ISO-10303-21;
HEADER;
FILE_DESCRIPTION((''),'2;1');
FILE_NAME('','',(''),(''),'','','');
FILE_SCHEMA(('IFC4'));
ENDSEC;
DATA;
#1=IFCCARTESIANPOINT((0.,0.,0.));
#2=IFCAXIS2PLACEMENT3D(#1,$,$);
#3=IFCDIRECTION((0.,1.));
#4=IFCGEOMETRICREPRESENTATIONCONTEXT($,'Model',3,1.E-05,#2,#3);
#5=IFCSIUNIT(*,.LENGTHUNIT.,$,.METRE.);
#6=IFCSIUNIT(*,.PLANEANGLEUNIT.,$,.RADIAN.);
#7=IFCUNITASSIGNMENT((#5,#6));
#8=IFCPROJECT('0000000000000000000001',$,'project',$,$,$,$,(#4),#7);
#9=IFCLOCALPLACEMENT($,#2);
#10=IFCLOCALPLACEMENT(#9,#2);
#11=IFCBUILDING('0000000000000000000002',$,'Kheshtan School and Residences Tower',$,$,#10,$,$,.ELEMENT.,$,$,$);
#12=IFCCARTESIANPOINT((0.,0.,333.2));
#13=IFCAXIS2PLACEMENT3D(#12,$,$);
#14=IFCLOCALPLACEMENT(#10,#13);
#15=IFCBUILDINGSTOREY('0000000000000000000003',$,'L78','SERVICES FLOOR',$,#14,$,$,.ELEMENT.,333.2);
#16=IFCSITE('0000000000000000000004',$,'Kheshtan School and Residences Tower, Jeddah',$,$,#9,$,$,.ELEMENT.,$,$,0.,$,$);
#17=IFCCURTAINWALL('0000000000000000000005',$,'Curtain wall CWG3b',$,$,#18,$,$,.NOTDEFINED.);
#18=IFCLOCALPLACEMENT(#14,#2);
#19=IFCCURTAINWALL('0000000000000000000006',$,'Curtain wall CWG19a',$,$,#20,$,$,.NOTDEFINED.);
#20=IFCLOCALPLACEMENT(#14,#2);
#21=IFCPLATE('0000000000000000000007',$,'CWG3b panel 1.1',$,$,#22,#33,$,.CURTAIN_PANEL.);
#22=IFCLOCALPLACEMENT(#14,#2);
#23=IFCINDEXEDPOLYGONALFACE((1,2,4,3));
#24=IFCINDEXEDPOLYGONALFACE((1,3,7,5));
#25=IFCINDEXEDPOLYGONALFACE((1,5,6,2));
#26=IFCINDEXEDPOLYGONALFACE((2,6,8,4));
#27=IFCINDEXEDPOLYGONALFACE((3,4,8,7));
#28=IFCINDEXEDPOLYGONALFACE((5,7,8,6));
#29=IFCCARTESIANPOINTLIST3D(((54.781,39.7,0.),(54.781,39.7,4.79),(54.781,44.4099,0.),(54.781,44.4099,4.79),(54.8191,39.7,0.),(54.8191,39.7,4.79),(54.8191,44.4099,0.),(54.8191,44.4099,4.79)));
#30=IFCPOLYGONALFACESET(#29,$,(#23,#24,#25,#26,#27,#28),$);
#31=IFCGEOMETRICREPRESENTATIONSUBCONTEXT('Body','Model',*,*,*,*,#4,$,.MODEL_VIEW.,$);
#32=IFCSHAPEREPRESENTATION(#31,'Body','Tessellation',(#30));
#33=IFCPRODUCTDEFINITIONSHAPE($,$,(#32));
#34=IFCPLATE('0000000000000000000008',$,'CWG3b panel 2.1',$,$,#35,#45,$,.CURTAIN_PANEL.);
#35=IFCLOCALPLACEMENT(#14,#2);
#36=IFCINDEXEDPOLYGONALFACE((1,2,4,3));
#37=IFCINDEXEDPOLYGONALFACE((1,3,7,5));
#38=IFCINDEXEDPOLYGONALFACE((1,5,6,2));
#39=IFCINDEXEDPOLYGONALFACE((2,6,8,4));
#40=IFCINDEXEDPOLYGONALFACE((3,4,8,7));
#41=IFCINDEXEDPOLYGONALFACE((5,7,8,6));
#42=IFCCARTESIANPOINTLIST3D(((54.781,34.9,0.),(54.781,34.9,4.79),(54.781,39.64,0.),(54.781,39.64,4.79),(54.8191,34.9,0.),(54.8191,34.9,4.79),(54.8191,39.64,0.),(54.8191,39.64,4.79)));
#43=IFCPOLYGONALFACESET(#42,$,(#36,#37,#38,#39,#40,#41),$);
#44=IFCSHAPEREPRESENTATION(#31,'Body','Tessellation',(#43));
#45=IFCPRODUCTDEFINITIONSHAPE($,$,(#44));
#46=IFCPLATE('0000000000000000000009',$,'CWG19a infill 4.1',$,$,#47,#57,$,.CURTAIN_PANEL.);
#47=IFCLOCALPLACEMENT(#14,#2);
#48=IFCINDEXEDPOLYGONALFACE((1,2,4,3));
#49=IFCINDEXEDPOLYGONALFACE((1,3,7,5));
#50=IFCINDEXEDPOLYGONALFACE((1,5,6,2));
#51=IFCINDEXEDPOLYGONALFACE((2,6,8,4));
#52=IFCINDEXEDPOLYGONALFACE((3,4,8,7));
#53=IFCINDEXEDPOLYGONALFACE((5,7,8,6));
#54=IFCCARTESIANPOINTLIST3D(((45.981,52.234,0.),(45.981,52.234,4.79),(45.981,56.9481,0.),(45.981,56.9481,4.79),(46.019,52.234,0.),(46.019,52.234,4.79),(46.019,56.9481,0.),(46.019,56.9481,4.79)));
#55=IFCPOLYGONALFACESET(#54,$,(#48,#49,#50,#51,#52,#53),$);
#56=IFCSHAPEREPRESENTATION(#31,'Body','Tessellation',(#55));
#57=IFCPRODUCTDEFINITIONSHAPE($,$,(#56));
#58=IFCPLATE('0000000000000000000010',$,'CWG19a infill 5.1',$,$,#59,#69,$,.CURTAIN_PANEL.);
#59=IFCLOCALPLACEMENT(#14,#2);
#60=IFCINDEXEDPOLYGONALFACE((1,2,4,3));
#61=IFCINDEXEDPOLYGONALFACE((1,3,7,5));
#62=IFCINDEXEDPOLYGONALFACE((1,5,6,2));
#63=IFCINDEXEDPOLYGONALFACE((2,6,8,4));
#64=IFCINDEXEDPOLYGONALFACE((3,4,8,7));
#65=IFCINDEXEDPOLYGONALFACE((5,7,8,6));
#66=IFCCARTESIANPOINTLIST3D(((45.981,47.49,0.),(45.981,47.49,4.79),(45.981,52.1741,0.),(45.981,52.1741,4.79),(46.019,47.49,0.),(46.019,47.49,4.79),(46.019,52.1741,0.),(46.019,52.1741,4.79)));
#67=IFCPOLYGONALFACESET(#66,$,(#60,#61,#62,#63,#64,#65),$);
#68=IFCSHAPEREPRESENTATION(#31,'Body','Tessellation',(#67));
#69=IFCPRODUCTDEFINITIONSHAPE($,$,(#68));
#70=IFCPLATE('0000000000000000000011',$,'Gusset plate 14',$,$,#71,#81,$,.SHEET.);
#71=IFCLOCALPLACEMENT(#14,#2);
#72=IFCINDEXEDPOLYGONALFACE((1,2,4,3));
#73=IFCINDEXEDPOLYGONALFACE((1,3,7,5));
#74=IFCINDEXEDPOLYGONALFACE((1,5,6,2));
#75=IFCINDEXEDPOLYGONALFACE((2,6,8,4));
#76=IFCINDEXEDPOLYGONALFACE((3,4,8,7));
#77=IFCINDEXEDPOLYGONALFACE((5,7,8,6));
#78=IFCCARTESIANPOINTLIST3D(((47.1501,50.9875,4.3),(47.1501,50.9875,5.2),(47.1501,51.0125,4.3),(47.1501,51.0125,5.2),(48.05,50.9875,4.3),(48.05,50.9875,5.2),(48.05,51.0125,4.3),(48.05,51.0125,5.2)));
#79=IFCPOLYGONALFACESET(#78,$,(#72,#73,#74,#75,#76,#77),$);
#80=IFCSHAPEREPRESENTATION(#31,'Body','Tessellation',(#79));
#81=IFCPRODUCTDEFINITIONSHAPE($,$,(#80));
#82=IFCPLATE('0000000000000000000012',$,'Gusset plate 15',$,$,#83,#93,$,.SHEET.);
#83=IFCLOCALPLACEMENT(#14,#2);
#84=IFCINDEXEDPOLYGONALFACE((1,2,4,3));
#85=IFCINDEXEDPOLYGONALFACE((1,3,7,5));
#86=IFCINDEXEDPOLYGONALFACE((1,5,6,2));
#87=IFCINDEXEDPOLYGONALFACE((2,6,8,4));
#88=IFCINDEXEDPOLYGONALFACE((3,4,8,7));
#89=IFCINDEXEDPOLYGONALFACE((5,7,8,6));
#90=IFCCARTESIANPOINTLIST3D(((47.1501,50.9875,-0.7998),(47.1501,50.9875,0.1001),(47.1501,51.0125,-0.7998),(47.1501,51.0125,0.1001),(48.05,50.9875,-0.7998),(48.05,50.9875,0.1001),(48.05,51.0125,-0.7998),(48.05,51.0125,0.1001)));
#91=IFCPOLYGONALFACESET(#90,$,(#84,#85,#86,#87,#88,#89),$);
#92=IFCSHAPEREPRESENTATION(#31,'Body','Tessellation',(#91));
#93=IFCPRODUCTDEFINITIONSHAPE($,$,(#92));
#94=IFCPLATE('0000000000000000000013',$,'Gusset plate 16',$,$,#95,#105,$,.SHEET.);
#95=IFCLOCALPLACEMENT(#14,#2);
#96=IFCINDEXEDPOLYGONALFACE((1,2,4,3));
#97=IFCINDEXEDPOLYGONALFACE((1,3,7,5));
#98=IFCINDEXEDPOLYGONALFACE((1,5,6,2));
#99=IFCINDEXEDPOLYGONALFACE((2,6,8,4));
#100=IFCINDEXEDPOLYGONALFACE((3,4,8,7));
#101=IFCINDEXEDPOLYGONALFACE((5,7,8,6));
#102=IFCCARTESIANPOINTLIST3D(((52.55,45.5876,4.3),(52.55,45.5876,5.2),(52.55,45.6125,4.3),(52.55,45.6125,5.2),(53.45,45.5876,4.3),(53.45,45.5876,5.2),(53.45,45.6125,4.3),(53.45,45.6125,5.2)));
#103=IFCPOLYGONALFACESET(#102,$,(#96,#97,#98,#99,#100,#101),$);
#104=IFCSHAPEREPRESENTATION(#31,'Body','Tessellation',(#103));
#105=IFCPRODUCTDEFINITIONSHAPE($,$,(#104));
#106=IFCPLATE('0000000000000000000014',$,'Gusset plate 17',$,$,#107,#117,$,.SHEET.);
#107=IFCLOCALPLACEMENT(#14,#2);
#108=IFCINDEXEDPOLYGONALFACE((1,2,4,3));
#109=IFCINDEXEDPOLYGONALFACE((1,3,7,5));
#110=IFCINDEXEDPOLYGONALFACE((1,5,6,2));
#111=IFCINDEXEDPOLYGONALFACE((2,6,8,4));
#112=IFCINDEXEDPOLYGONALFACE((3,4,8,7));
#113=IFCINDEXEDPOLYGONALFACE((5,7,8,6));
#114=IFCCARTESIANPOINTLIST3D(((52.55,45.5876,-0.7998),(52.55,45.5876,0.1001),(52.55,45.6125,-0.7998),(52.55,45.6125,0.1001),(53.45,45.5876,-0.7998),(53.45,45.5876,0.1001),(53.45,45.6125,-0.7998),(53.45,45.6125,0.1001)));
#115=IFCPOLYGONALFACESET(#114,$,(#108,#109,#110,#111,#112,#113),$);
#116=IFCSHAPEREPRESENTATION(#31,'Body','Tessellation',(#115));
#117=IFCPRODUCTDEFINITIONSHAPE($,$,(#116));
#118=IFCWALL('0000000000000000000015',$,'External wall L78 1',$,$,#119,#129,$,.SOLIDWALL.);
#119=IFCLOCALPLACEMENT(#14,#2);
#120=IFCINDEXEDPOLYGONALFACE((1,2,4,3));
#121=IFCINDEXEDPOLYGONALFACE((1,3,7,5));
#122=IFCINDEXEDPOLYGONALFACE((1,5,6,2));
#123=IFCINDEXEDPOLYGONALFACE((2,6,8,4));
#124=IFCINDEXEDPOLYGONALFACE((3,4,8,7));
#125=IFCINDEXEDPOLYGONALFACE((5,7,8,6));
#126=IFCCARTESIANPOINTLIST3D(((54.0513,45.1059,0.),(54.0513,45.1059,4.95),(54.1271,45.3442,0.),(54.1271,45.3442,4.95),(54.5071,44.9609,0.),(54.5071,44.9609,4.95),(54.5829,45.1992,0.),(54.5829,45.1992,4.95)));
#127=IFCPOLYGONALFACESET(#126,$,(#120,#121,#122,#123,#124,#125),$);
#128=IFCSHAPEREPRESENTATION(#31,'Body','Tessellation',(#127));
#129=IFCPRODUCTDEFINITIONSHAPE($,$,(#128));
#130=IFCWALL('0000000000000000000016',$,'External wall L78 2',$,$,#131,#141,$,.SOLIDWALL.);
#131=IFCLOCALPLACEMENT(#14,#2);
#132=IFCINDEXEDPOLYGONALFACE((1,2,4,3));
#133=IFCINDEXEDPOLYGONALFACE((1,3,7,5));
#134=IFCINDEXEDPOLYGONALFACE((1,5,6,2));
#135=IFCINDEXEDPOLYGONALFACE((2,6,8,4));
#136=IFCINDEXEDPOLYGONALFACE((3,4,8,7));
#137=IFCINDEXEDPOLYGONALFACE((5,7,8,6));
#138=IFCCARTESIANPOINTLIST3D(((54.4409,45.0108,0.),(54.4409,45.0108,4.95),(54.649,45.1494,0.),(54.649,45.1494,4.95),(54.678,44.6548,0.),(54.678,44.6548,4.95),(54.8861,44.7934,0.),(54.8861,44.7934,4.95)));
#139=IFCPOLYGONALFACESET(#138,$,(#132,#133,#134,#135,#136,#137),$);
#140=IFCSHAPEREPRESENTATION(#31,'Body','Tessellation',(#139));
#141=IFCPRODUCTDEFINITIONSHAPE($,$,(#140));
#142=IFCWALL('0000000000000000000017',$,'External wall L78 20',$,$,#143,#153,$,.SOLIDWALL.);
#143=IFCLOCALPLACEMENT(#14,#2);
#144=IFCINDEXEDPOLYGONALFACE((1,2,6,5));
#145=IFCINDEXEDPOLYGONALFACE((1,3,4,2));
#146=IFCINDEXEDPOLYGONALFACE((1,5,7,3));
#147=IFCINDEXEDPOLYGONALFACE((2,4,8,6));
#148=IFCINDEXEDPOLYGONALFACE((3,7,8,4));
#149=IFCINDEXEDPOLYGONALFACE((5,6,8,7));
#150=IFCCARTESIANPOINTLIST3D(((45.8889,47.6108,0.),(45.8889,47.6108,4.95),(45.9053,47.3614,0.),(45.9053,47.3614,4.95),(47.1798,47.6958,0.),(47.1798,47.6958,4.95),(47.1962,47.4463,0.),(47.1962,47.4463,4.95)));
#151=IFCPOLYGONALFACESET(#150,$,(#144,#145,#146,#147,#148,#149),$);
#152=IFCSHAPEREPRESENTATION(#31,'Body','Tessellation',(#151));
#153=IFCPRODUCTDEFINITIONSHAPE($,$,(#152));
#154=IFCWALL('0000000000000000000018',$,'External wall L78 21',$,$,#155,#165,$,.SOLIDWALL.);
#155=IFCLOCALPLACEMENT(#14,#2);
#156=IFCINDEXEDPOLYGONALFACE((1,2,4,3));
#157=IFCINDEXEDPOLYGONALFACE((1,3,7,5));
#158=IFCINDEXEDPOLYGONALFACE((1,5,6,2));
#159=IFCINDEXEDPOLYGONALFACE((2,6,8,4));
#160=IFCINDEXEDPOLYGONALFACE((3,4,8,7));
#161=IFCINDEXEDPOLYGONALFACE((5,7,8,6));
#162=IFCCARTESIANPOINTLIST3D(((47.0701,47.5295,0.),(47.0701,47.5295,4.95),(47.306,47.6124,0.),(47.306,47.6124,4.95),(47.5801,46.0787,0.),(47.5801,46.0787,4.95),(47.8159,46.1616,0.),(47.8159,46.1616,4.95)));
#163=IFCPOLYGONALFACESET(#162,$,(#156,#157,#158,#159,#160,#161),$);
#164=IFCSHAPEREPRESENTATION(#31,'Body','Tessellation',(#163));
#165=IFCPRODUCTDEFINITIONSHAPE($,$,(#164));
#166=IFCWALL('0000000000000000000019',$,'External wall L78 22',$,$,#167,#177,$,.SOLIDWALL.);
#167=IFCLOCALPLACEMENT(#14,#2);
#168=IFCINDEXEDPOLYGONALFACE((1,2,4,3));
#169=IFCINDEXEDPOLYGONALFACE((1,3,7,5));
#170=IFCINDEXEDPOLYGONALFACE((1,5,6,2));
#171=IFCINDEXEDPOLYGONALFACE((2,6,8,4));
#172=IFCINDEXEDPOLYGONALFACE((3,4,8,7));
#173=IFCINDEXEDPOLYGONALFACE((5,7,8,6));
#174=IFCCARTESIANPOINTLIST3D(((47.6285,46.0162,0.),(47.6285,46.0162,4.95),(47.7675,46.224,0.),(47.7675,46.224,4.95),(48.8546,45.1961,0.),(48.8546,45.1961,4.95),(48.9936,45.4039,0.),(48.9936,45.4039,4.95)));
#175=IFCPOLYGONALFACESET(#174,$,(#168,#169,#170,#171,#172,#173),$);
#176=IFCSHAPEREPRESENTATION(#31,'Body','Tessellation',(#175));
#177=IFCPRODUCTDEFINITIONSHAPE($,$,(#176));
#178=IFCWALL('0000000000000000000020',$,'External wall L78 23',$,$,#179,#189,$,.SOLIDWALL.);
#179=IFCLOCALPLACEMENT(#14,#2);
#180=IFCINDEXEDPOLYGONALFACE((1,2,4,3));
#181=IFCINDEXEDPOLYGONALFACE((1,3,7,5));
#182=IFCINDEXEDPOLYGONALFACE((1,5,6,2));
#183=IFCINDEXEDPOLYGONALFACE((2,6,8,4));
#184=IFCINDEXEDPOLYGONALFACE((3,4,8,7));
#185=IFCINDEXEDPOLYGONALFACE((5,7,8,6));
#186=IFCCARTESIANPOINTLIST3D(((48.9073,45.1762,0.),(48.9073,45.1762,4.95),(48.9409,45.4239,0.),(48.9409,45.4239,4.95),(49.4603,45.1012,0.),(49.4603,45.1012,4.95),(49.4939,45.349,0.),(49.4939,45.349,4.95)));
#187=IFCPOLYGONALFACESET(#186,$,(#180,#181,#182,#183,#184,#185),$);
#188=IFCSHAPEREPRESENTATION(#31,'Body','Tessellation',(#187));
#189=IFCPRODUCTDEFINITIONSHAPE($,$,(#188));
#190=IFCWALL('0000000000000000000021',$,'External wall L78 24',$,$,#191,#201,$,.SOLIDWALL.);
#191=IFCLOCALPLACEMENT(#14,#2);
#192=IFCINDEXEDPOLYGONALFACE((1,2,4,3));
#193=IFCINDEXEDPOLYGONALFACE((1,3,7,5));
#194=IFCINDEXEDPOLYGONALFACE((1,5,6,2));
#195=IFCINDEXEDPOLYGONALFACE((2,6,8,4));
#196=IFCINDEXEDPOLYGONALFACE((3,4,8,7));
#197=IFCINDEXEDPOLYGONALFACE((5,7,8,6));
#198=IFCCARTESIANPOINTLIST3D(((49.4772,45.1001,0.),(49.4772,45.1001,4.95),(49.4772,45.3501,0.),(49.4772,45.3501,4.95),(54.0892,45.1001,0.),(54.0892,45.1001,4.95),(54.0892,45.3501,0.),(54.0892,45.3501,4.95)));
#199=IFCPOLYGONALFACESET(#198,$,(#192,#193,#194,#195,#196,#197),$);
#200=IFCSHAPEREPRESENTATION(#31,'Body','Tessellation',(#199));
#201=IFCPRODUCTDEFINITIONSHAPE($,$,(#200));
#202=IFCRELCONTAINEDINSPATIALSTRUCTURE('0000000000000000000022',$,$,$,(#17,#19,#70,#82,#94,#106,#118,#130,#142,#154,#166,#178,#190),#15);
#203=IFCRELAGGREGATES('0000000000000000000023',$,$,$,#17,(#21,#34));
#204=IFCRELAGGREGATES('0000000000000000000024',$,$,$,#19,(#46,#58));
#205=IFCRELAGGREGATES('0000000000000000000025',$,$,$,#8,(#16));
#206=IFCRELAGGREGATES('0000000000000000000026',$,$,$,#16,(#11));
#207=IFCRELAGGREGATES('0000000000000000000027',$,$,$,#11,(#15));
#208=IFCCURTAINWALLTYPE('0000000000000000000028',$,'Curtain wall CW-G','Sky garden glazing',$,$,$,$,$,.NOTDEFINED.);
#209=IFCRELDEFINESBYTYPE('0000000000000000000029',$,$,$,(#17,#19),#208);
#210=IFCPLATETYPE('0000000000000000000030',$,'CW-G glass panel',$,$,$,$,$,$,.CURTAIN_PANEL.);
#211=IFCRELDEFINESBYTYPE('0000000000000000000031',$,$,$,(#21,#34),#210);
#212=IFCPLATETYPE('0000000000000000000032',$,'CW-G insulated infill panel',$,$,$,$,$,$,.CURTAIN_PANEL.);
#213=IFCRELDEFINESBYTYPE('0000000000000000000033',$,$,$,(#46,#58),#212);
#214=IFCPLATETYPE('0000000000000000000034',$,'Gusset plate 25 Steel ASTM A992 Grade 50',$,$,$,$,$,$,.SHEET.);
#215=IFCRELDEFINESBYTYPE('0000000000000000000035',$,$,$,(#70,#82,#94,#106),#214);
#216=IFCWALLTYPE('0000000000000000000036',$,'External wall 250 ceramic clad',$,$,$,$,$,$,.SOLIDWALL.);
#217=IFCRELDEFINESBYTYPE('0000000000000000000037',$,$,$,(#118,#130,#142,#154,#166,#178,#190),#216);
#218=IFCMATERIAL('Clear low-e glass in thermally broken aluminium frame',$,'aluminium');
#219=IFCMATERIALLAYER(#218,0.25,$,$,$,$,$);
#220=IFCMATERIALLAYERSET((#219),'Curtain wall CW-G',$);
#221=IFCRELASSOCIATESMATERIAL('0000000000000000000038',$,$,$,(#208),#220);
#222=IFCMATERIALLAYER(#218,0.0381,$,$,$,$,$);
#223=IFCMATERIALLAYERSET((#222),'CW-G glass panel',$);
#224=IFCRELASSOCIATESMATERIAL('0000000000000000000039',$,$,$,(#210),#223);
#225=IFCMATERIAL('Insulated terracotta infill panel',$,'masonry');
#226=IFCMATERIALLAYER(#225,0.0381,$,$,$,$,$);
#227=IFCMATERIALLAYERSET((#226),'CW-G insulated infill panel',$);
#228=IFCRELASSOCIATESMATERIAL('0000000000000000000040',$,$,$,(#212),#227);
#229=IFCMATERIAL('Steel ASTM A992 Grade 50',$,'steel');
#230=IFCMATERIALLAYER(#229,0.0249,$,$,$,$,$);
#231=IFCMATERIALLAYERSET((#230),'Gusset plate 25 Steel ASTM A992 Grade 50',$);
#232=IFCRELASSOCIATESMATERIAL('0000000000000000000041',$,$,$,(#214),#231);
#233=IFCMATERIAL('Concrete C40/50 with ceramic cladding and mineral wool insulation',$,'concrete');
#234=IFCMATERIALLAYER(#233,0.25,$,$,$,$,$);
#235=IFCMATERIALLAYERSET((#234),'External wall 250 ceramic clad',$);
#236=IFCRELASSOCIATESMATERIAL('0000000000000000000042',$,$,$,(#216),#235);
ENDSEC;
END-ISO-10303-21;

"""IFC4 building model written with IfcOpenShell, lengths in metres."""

from ifc_helpers import new_model, si_unit, direction, frame, frame_2d, origin, origin_2d, place, context, subcontext, project, spatial, rectangle, extrude, material, layer, layer_set, type_object, element, aggregate, save


model = new_model("IFC4")

# Units and contexts
model_context = context("Model", 3, precision=1e-05, world=origin(), true_north=direction((0.0, 1.0)))
body_context = subcontext(model_context, "Body", "Model", "MODEL_VIEW")
ifc_project = project(units=[si_unit("LENGTHUNIT", "METRE"), si_unit("PLANEANGLEUNIT", "RADIAN")], contexts=[model_context])

# Site, building, storey
site_placement = place(None, origin())
site = spatial("IfcSite", under=ifc_project, at=site_placement, Name="Kheshtan School and Residences Tower, Jeddah", CompositionType="ELEMENT", RefElevation=0.0)
building_placement = place(site_placement, origin())
building = spatial("IfcBuilding", under=site, at=building_placement, Name="Kheshtan School and Residences Tower", CompositionType="ELEMENT")
storey_placement = place(building_placement, frame((0.0, 0.0, 333.2)))
storey = spatial("IfcBuildingStorey", under=building, at=storey_placement, Name="L78", Description="SERVICES FLOOR", CompositionType="ELEMENT", Elevation=333.2)

# Shared definitions
ifc_material_1 = material(Name="Steel ASTM A992 Grade 50", Category="steel")

# Curtain walls
ifc_material_2 = material(Name="Clear low-e glass in thermally broken aluminium frame", Category="aluminium")
ifc_layer_1 = layer(ifc_material_2, 0.25)
ifc_layer_set_1 = layer_set([ifc_layer_1], Name="Curtain wall CW-G")
curtain_wall_type = type_object("IfcCurtainWallType", Name="Curtain wall CW-G", Description="Sky garden glazing", PredefinedType="NOTDEFINED", material=ifc_layer_set_1)
curtain_wall_1_placement = place(storey_placement, origin())
curtain_wall_1 = element("IfcCurtainWall", 1, at=curtain_wall_1_placement, inside=storey, type_object=curtain_wall_type, Name="Curtain wall CWG3b", PredefinedType="NOTDEFINED")
curtain_wall_2_placement = place(storey_placement, origin())
curtain_wall_2 = element("IfcCurtainWall", 2, at=curtain_wall_2_placement, inside=storey, type_object=curtain_wall_type, Name="Curtain wall CWG19a", PredefinedType="NOTDEFINED")

# Plates
ifc_layer_2 = layer(ifc_material_2, 0.0381)
ifc_layer_set_2 = layer_set([ifc_layer_2], Name="CW-G glass panel")
plate_type_1 = type_object("IfcPlateType", Name="CW-G glass panel", PredefinedType="CURTAIN_PANEL", material=ifc_layer_set_2)
plate_1_placement = place(storey_placement, frame((54.8, 42.0549, 0.0), z_axis=(0.0, 0.0, 1.0), x_axis=(0.0, -1.0, 0.0)))
plate_1 = element("IfcPlate", 3, at=plate_1_placement, type_object=plate_type_1, Name="CWG3b panel 1.1", PredefinedType="CURTAIN_PANEL", context=body_context, shape_type="SweptSolid", body=[
    extrude(rectangle(XDim=4.71, YDim=0.0381, at=origin_2d()), origin(), (0.0, 0.0, 1.0), 4.79),
])
plate_2_placement = place(storey_placement, frame((54.8, 37.27, 0.0), z_axis=(0.0, 0.0, 1.0), x_axis=(0.0, -1.0, 0.0)))
plate_2 = element("IfcPlate", 4, at=plate_2_placement, type_object=plate_type_1, Name="CWG3b panel 2.1", PredefinedType="CURTAIN_PANEL", context=body_context, shape_type="SweptSolid", body=[
    extrude(rectangle(XDim=4.74, YDim=0.0381, at=origin_2d()), origin(), (0.0, 0.0, 1.0), 4.79),
])
aggregate(curtain_wall_1, [plate_1, plate_2])
ifc_material_3 = material(Name="Insulated terracotta infill panel", Category="masonry")
ifc_layer_3 = layer(ifc_material_3, 0.0381)
ifc_layer_set_3 = layer_set([ifc_layer_3], Name="CW-G insulated infill panel")
plate_type_2 = type_object("IfcPlateType", Name="CW-G insulated infill panel", PredefinedType="CURTAIN_PANEL", material=ifc_layer_set_3)
plate_3_placement = place(storey_placement, frame((46.0, 54.5911, 0.0), z_axis=(0.0, 0.0, 1.0), x_axis=(0.0, -1.0, 0.0)))
plate_3 = element("IfcPlate", 5, at=plate_3_placement, type_object=plate_type_2, Name="CWG19a infill 4.1", PredefinedType="CURTAIN_PANEL", context=body_context, shape_type="SweptSolid", body=[
    extrude(rectangle(XDim=4.7141, YDim=0.0381, at=origin_2d()), origin(), (0.0, 0.0, 1.0), 4.79),
])
plate_4_placement = place(storey_placement, frame((46.0, 49.832, 0.0), z_axis=(0.0, 0.0, 1.0), x_axis=(0.0, -1.0, 0.0)))
plate_4 = element("IfcPlate", 6, at=plate_4_placement, type_object=plate_type_2, Name="CWG19a infill 5.1", PredefinedType="CURTAIN_PANEL", context=body_context, shape_type="SweptSolid", body=[
    extrude(rectangle(XDim=4.6841, YDim=0.0381, at=origin_2d()), origin(), (0.0, 0.0, 1.0), 4.79),
])
aggregate(curtain_wall_2, [plate_3, plate_4])

# Plates
ifc_layer_4 = layer(ifc_material_1, 0.0249)
ifc_layer_set_4 = layer_set([ifc_layer_4], Name="Gusset plate 25 Steel ASTM A992 Grade 50")
plate_type_3 = type_object("IfcPlateType", Name="Gusset plate 25 Steel ASTM A992 Grade 50", PredefinedType="SHEET", material=ifc_layer_set_4)
for number, where, z_axis, x_axis, name in (
    (7, (47.6001, 51.0, 4.3), (0.0, 0.0, 1.0), (1.0, 0.0, 0.0), "Gusset plate 14"),
    (8, (47.6001, 51.0, -0.7998), (0.0, 0.0, 1.0), (1.0, 0.0, 0.0), "Gusset plate 15"),
    (9, (53.0, 45.6001, 4.3), (0.0, 0.0, 1.0), (1.0, 0.0, 0.0), "Gusset plate 16"),
    (10, (53.0, 45.6001, -0.7998), (0.0, 0.0, 1.0), (1.0, 0.0, 0.0), "Gusset plate 17"),
):
    element("IfcPlate", number, at=place(storey_placement, frame(where, z_axis=z_axis, x_axis=x_axis)), inside=storey, type_object=plate_type_3, Name=name, PredefinedType="SHEET", context=body_context, shape_type="SweptSolid", body=[
        extrude(rectangle(XDim=0.8999, YDim=0.0249, at=origin_2d()), origin(), (0.0, 0.0, 1.0), 0.8999),
    ])

# Walls
ifc_material_4 = material(Name="Concrete C40/50 with ceramic cladding and mineral wool insulation", Category="concrete")
ifc_layer_5 = layer(ifc_material_4, 0.25)
ifc_layer_set_5 = layer_set([ifc_layer_5], Name="External wall 250 ceramic clad")
wall_type_1 = type_object("IfcWallType", Name="External wall 250 ceramic clad", PredefinedType="SOLIDWALL", material=ifc_layer_set_5)
wall_1_placement = place(storey_placement, frame((54.0891, 45.2251, 0.0), z_axis=(0.0, 0.0, 1.0), x_axis=(0.952932, -0.303183, 0.0)))
element("IfcWall", 11, at=wall_1_placement, inside=storey, type_object=wall_type_1, Name="External wall L78 1", PredefinedType="SOLIDWALL", context=body_context, shape_type="SweptSolid", body=[
    extrude(rectangle(XDim=0.4783, YDim=0.25, at=frame_2d((0.2393, 0.0))), origin(), (0.0, 0.0, 1.0), 4.95),
])
wall_2_placement = place(storey_placement, frame((54.5449, 45.0801, 0.0), z_axis=(0.0, 0.0, 1.0), x_axis=(0.554305, -0.832314, 0.0)))
element("IfcWall", 12, at=wall_2_placement, inside=storey, type_object=wall_type_1, Name="External wall L78 2", PredefinedType="SOLIDWALL", context=body_context, shape_type="SweptSolid", body=[
    extrude(rectangle(XDim=0.4277, YDim=0.25, at=frame_2d((0.2139, 0.0))), origin(), (0.0, 0.0, 1.0), 4.95),
])
wall_3_placement = place(storey_placement, frame((45.897, 47.4861, 0.0), z_axis=(0.0, 0.0, 1.0), x_axis=(0.997842, 0.065667, 0.0)))
element("IfcWall", 13, at=wall_3_placement, inside=storey, type_object=wall_type_1, Name="External wall L78 20", PredefinedType="SOLIDWALL", context=body_context, shape_type="SweptSolid", body=[
    extrude(rectangle(XDim=1.2937, YDim=0.25, at=frame_2d((0.647, 0.0))), origin(), (0.0, 0.0, 1.0), 4.95),
])
wall_4_placement = place(storey_placement, frame((47.188, 47.571, 0.0), z_axis=(0.0, 0.0, 1.0), x_axis=(0.331616, -0.943415, 0.0)))
element("IfcWall", 14, at=wall_4_placement, inside=storey, type_object=wall_type_1, Name="External wall L78 21", PredefinedType="SOLIDWALL", context=body_context, shape_type="SweptSolid", body=[
    extrude(rectangle(XDim=1.5378, YDim=0.25, at=frame_2d((0.769, 0.0))), origin(), (0.0, 0.0, 1.0), 4.95),
])
wall_5_placement = place(storey_placement, frame((47.698, 46.1201, 0.0), z_axis=(0.0, 0.0, 1.0), x_axis=(0.831209, -0.55596, 0.0)))
element("IfcWall", 15, at=wall_5_placement, inside=storey, type_object=wall_type_1, Name="External wall L78 22", PredefinedType="SOLIDWALL", context=body_context, shape_type="SweptSolid", body=[
    extrude(rectangle(XDim=1.4751, YDim=0.25, at=frame_2d((0.7375, 0.0))), origin(), (0.0, 0.0, 1.0), 4.95),
])
wall_6_placement = place(storey_placement, frame((48.9241, 45.3, 0.0), z_axis=(0.0, 0.0, 1.0), x_axis=(0.990939, -0.134313, 0.0)))
element("IfcWall", 16, at=wall_6_placement, inside=storey, type_object=wall_type_1, Name="External wall L78 23", PredefinedType="SOLIDWALL", context=body_context, shape_type="SweptSolid", body=[
    extrude(rectangle(XDim=0.5581, YDim=0.25, at=frame_2d((0.2791, 0.0))), origin(), (0.0, 0.0, 1.0), 4.95),
])
wall_7_placement = place(storey_placement, frame((49.4771, 45.2251, 0.0), z_axis=(0.0, 0.0, 1.0), x_axis=(1.0, 0.0, 0.0)))
element("IfcWall", 17, at=wall_7_placement, inside=storey, type_object=wall_type_1, Name="External wall L78 24", PredefinedType="SOLIDWALL", context=body_context, shape_type="SweptSolid", body=[
    extrude(rectangle(XDim=4.6121, YDim=0.25, at=frame_2d((2.3062, 0.0))), origin(), (0.0, 0.0, 1.0), 4.95),
])

save(model, "model.ifc")
